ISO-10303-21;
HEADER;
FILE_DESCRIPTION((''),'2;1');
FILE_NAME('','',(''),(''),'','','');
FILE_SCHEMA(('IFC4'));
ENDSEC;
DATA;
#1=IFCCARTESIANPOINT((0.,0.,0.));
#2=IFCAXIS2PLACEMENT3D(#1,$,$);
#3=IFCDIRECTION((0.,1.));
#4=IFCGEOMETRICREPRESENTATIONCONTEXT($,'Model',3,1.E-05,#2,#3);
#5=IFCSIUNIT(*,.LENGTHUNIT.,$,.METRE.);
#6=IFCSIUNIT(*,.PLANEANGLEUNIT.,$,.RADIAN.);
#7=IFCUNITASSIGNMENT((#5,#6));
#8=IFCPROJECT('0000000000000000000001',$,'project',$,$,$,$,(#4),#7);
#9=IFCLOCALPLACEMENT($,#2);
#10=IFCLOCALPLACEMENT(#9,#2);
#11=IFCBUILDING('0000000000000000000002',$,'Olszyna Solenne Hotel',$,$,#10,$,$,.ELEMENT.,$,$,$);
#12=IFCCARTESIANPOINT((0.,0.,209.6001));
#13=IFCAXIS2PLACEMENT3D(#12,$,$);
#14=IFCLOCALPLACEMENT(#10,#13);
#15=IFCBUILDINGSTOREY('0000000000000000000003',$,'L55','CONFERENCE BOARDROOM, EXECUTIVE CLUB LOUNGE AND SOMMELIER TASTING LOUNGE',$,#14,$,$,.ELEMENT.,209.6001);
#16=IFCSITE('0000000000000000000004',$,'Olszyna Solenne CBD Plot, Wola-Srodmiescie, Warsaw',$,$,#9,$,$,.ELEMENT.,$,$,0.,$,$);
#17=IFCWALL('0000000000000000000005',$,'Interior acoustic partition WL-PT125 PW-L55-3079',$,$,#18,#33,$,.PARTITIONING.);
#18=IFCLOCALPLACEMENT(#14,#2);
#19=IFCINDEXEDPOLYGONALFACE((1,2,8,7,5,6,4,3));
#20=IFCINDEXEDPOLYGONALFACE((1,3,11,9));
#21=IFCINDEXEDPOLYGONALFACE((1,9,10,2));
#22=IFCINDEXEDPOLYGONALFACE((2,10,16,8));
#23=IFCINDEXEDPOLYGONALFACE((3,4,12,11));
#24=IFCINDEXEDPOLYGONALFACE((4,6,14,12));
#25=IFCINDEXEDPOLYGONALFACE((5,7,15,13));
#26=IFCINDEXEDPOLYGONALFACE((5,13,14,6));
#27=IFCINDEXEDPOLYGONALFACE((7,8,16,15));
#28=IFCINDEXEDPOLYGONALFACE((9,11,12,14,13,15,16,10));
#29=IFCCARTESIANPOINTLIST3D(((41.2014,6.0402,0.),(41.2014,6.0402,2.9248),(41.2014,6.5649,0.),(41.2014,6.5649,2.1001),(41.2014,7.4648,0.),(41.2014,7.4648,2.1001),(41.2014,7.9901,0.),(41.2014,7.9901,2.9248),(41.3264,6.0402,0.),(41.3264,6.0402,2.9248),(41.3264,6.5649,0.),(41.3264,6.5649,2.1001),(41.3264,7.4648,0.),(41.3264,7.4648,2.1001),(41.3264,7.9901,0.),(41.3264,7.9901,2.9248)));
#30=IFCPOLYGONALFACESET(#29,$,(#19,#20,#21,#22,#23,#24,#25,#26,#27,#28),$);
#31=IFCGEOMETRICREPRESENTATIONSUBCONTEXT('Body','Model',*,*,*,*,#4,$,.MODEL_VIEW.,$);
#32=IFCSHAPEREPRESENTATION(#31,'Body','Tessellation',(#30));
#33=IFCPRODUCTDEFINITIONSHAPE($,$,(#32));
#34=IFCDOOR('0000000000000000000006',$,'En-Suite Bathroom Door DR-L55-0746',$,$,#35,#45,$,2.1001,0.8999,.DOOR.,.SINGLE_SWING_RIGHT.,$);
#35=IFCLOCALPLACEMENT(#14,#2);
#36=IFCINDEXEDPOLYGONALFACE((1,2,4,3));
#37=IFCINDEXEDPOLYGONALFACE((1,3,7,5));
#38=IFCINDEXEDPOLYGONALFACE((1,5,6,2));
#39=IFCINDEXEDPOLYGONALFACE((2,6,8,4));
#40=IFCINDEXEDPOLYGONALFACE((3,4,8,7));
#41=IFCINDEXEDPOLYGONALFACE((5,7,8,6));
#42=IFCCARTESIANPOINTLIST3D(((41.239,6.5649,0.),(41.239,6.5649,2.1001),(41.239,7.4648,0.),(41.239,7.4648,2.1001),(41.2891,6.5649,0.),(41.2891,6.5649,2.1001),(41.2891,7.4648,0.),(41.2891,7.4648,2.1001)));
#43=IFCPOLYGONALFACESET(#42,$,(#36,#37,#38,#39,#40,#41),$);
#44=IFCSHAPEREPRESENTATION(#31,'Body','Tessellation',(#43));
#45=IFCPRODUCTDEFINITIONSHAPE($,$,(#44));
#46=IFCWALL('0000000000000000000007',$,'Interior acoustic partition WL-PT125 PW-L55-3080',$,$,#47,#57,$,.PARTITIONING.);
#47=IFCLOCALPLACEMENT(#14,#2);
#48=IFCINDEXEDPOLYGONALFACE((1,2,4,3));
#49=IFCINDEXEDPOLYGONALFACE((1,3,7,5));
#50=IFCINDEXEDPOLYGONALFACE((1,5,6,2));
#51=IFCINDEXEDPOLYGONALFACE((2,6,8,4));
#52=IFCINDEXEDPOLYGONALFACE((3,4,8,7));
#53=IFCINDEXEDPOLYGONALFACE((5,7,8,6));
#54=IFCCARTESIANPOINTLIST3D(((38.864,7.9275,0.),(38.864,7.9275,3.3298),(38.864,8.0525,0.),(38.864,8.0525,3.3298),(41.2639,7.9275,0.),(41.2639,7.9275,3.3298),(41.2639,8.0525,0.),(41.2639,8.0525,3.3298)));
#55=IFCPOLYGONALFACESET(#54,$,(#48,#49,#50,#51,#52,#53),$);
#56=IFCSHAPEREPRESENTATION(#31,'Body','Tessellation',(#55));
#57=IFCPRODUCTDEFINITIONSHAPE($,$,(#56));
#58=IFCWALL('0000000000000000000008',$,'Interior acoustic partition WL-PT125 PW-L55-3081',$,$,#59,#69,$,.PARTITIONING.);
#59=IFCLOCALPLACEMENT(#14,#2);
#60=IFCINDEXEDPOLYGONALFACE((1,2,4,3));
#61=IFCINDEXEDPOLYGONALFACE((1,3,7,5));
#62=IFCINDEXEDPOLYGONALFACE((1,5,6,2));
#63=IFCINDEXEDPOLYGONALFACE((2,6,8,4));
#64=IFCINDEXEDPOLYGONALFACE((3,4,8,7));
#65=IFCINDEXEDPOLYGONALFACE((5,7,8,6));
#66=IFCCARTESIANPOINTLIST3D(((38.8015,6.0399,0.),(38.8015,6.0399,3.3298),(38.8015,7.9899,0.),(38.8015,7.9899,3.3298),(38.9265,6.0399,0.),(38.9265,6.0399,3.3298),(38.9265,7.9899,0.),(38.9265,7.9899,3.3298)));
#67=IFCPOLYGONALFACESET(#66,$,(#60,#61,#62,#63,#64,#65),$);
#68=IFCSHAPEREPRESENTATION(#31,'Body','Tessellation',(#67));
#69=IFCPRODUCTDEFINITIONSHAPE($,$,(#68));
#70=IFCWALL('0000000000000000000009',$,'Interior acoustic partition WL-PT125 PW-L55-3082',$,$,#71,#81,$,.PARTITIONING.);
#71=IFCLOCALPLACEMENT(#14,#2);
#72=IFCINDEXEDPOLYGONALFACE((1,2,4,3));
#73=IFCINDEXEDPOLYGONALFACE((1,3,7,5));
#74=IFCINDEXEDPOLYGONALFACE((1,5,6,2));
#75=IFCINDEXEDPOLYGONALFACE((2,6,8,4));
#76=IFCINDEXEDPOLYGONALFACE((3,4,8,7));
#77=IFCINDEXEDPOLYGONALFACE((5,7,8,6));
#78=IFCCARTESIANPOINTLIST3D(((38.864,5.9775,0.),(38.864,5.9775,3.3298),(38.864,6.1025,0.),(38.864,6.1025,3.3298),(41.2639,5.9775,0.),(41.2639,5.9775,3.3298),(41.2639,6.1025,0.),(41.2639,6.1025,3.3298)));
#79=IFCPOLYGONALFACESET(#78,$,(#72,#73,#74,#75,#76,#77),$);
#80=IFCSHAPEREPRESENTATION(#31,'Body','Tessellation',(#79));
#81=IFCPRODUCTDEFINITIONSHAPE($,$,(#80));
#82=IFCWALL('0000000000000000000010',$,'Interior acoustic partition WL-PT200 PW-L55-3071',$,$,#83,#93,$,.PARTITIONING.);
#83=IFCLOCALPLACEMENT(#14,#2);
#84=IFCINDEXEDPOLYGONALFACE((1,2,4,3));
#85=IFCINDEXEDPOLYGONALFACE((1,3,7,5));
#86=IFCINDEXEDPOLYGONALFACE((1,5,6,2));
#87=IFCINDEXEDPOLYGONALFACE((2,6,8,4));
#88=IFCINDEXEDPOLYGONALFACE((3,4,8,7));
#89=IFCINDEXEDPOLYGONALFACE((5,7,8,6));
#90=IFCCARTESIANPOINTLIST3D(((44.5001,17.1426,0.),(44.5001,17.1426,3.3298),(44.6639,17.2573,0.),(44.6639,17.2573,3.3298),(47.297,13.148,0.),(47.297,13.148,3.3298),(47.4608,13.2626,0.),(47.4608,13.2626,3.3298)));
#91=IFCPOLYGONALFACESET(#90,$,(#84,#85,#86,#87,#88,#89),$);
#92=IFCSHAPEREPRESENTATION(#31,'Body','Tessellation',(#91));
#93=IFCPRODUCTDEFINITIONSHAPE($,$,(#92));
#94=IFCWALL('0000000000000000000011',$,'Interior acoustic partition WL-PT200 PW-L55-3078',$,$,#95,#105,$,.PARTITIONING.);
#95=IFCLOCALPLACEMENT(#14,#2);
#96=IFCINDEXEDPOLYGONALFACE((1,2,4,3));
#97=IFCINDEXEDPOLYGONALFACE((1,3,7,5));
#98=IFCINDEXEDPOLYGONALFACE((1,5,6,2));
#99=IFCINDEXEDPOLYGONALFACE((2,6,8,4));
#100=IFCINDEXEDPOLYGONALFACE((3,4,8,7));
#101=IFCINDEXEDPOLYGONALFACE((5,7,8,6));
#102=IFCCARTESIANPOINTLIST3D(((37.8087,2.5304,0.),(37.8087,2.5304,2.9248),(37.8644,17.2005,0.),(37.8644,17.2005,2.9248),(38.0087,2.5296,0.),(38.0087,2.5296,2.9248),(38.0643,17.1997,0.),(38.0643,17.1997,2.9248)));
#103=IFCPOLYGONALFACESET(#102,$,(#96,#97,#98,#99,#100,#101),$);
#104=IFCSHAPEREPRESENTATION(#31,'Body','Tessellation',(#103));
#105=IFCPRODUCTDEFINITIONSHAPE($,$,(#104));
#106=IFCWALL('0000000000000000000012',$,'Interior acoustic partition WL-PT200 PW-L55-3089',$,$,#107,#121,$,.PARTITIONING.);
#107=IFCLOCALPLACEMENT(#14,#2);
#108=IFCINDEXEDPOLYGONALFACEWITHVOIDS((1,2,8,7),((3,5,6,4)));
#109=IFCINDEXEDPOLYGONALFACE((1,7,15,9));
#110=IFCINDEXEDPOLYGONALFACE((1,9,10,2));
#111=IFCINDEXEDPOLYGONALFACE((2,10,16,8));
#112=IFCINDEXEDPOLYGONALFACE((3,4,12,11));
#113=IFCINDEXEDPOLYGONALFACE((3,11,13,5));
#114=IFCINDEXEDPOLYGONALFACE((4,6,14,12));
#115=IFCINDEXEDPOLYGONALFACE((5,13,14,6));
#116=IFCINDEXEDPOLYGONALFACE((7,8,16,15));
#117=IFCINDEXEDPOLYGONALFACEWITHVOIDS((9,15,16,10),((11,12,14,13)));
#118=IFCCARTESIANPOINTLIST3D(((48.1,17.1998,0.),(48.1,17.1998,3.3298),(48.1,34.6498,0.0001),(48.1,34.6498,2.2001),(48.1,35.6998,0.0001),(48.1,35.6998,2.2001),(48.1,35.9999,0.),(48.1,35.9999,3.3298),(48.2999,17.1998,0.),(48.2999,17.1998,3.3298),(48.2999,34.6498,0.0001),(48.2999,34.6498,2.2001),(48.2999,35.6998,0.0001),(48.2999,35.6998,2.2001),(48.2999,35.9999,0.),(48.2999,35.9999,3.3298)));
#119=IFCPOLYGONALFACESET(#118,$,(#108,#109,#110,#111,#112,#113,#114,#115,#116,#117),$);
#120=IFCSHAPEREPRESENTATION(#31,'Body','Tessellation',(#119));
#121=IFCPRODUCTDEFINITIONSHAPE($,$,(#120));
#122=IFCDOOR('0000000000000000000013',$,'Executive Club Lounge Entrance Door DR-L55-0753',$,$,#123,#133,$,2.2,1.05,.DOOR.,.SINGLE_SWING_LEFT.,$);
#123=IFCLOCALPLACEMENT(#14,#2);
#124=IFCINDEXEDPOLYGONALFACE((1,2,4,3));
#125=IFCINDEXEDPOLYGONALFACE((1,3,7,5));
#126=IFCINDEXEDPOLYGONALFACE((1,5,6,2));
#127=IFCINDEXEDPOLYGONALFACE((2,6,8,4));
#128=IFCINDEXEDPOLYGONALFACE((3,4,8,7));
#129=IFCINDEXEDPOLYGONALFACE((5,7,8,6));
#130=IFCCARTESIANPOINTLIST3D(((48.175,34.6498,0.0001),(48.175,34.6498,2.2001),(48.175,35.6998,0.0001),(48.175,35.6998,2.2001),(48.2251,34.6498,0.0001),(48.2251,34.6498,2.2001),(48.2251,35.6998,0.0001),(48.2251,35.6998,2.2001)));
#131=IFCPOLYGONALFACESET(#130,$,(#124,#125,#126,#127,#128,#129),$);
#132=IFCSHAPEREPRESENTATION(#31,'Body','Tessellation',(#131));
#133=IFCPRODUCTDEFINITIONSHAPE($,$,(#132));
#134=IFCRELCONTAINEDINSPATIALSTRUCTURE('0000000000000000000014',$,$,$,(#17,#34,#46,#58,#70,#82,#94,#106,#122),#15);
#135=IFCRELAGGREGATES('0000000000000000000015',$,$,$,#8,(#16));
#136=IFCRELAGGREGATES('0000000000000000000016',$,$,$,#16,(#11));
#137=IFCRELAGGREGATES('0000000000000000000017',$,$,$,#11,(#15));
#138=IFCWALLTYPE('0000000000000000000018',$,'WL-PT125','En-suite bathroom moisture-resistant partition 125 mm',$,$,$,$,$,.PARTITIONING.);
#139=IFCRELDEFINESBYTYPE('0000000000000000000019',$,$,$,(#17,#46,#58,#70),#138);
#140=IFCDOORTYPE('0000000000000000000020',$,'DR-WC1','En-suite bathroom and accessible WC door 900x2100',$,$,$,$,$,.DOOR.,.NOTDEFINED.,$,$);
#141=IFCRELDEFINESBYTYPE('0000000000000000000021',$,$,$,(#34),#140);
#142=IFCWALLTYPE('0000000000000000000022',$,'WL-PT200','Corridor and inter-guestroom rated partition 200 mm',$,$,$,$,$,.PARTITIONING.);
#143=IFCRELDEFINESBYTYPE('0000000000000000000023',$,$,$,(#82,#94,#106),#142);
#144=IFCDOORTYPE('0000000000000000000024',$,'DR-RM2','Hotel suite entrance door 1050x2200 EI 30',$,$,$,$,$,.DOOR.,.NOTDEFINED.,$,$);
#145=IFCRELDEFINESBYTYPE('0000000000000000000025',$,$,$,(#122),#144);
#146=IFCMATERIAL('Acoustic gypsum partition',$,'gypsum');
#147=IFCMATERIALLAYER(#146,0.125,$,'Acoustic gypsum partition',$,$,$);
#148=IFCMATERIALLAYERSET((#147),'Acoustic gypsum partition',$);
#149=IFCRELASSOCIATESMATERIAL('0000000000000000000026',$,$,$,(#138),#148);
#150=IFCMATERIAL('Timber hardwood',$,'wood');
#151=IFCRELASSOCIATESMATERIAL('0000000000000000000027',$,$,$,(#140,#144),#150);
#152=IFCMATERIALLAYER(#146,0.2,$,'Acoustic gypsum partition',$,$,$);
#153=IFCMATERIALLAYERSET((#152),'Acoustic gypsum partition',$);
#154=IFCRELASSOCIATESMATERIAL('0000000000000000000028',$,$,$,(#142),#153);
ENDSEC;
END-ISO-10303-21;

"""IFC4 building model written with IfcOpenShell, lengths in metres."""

from ifc_helpers import new_model, si_unit, direction, frame, frame_2d, origin, place, context, subcontext, project, spatial, rectangle, extrude, source, transform, mapped, material, layer, layer_set, type_object, type_shapes, element, fill, save


model = new_model("IFC4")

# Units and contexts
model_context = context("Model", 3, precision=1e-05, world=origin(), true_north=direction((0.0, 1.0)))
body_context = subcontext(model_context, "Body", "Model", "MODEL_VIEW")
ifc_project = project(units=[si_unit("LENGTHUNIT", "METRE"), si_unit("PLANEANGLEUNIT", "RADIAN")], contexts=[model_context])

# Site, building, storey
site_placement = place(None, origin())
site = spatial("IfcSite", under=ifc_project, at=site_placement, Name="Olszyna Solenne CBD Plot, Wola-Srodmiescie, Warsaw", CompositionType="ELEMENT", RefElevation=0.0)
building_placement = place(site_placement, origin())
building = spatial("IfcBuilding", under=site, at=building_placement, Name="Olszyna Solenne Hotel", CompositionType="ELEMENT")
storey_placement = place(building_placement, frame((0.0, 0.0, 209.6001)))
storey = spatial("IfcBuildingStorey", under=building, at=storey_placement, Name="L55", Description="CONFERENCE BOARDROOM, EXECUTIVE CLUB LOUNGE AND SOMMELIER TASTING LOUNGE", CompositionType="ELEMENT", Elevation=209.6001)

# Wall, opening, door
ifc_material_1 = material(Name="Acoustic gypsum partition", Category="gypsum")
ifc_layer_1 = layer(ifc_material_1, 0.125, Name="Acoustic gypsum partition")
ifc_layer_set_1 = layer_set([ifc_layer_1], Name="Acoustic gypsum partition")
wall_type_1 = type_object("IfcWallType", Name="WL-PT125", Description="En-suite bathroom moisture-resistant partition 125 mm", PredefinedType="PARTITIONING", material=ifc_layer_set_1)
wall_1_placement = place(storey_placement, frame((41.2639, 6.04, 0.0), z_axis=(0.0, 0.0, 1.0), x_axis=(0.0, 1.0, 0.0)))
wall_1 = element("IfcWall", 1, at=wall_1_placement, inside=storey, type_object=wall_type_1, Name="Interior acoustic partition WL-PT125 PW-L55-3079", PredefinedType="PARTITIONING", context=body_context, shape_type="SweptSolid", body=[
    extrude(rectangle(XDim=1.95, YDim=0.125, at=frame_2d((0.9751, 0.0))), origin(), (0.0, 0.0, 1.0), 2.9248),
])
opening_1_placement = place(wall_1_placement, frame((0.5249, 0.0, 0.0)))
opening_1 = element("IfcOpeningElement", 2, at=opening_1_placement, cuts=wall_1, PredefinedType="OPENING", context=body_context, shape_type="SweptSolid", body=[
    extrude(rectangle(XDim=0.8999, YDim=2.1001, at=frame_2d((0.45, 1.05))), frame((0.0, 0.0725, 0.0), z_axis=(0.0, -1.0, 0.0), x_axis=(1.0, 0.0, 0.0)), (0.0, 0.0, 1.0), 0.145),
])
ifc_material_2 = material(Name="Timber hardwood", Category="wood")
door_type_1 = type_object("IfcDoorType", Name="DR-WC1", Description="En-suite bathroom and accessible WC door 900x2100", OperationType="NOTDEFINED", PredefinedType="DOOR", material=ifc_material_2)
shared_shape_1 = source(origin(), body_context, "Body", "SweptSolid", [
    extrude(rectangle(XDim=0.8999, YDim=2.1001, at=frame_2d((0.45, 1.05))), frame((0.0, 0.0249, 0.0), z_axis=(0.0, -1.0, 0.0), x_axis=(1.0, 0.0, 0.0)), (0.0, 0.0, 1.0), 0.05),
])
type_shapes(door_type_1, [shared_shape_1])
door_1_placement = place(opening_1_placement, origin())
door_1 = element("IfcDoor", 3, at=door_1_placement, inside=storey, type_object=door_type_1, Name="En-Suite Bathroom Door DR-L55-0746", OperationType="SINGLE_SWING_RIGHT", OverallHeight=2.1001, OverallWidth=0.8999, PredefinedType="DOOR", context=body_context, shape_type="MappedRepresentation", body=[
    mapped(shared_shape_1, transform((0.0, 0.0, 0.0), x_axis=(1.0, 0.0, 0.0), y_axis=(0.0, 1.0, 0.0), z_axis=(0.0, 0.0, 1.0), scale=1.0)),
])
fill(opening_1, door_1)

# Walls
wall_2_placement = place(storey_placement, frame((41.2639, 7.99, 0.0), z_axis=(0.0, 0.0, 1.0), x_axis=(-1.0, 0.0, 0.0)))
element("IfcWall", 4, at=wall_2_placement, inside=storey, type_object=wall_type_1, Name="Interior acoustic partition WL-PT125 PW-L55-3080", PredefinedType="PARTITIONING", context=body_context, shape_type="SweptSolid", body=[
    extrude(rectangle(XDim=2.3999, YDim=0.125, at=frame_2d((1.2, 0.0))), origin(), (0.0, 0.0, 1.0), 3.3298),
])
wall_3_placement = place(storey_placement, frame((38.864, 7.99, 0.0), z_axis=(0.0, 0.0, 1.0), x_axis=(0.0, -1.0, 0.0)))
element("IfcWall", 5, at=wall_3_placement, inside=storey, type_object=wall_type_1, Name="Interior acoustic partition WL-PT125 PW-L55-3081", PredefinedType="PARTITIONING", context=body_context, shape_type="SweptSolid", body=[
    extrude(rectangle(XDim=1.95, YDim=0.125, at=frame_2d((0.9751, 0.0))), origin(), (0.0, 0.0, 1.0), 3.3298),
])
wall_4_placement = place(storey_placement, frame((38.864, 6.04, 0.0), z_axis=(0.0, 0.0, 1.0), x_axis=(1.0, 0.0, 0.0)))
element("IfcWall", 6, at=wall_4_placement, inside=storey, type_object=wall_type_1, Name="Interior acoustic partition WL-PT125 PW-L55-3082", PredefinedType="PARTITIONING", context=body_context, shape_type="SweptSolid", body=[
    extrude(rectangle(XDim=2.3999, YDim=0.125, at=frame_2d((1.2, 0.0))), origin(), (0.0, 0.0, 1.0), 3.3298),
])
ifc_layer_2 = layer(ifc_material_1, 0.2, Name="Acoustic gypsum partition")
ifc_layer_set_2 = layer_set([ifc_layer_2], Name="Acoustic gypsum partition")
wall_type_2 = type_object("IfcWallType", Name="WL-PT200", Description="Corridor and inter-guestroom rated partition 200 mm", PredefinedType="PARTITIONING", material=ifc_layer_set_2)
wall_5_placement = place(storey_placement, frame((44.582, 17.2, 0.0), z_axis=(0.0, 0.0, 1.0), x_axis=(0.57355, -0.819171, 0.0)))
element("IfcWall", 7, at=wall_5_placement, inside=storey, type_object=wall_type_2, Name="Interior acoustic partition WL-PT200 PW-L55-3071", PredefinedType="PARTITIONING", context=body_context, shape_type="SweptSolid", body=[
    extrude(rectangle(XDim=4.8765, YDim=0.2, at=frame_2d((2.4382, 0.0))), origin(), (0.0, 0.0, 1.0), 3.3298),
])
wall_6_placement = place(storey_placement, frame((37.9644, 17.2, 0.0), z_axis=(0.0, 0.0, 1.0), x_axis=(-0.003794, -0.999993, 0.0)))
element("IfcWall", 8, at=wall_6_placement, inside=storey, type_object=wall_type_2, Name="Interior acoustic partition WL-PT200 PW-L55-3078", PredefinedType="PARTITIONING", context=body_context, shape_type="SweptSolid", body=[
    extrude(rectangle(XDim=14.6702, YDim=0.2, at=frame_2d((7.335, 0.0))), origin(), (0.0, 0.0, 1.0), 2.9248),
])

# Wall, opening, door
wall_7_placement = place(storey_placement, frame((48.2, 17.2, 0.0), z_axis=(0.0, 0.0, 1.0), x_axis=(0.0, 1.0, 0.0)))
wall_7 = element("IfcWall", 9, at=wall_7_placement, inside=storey, type_object=wall_type_2, Name="Interior acoustic partition WL-PT200 PW-L55-3089", PredefinedType="PARTITIONING", context=body_context, shape_type="SweptSolid", body=[
    extrude(rectangle(XDim=18.8, YDim=0.2, at=frame_2d((9.3999, 0.0))), origin(), (0.0, 0.0, 1.0), 3.3298),
])
opening_2_placement = place(wall_7_placement, frame((17.45, 0.0, 0.0)))
opening_2 = element("IfcOpeningElement", 10, at=opening_2_placement, cuts=wall_7, PredefinedType="OPENING", context=body_context, shape_type="SweptSolid", body=[
    extrude(rectangle(XDim=1.05, YDim=2.2, at=frame_2d((0.5249, 1.1001))), frame((0.0, 0.1099, 0.0), z_axis=(0.0, -1.0, 0.0), x_axis=(1.0, 0.0, 0.0)), (0.0, 0.0, 1.0), 0.22),
])
door_type_2 = type_object("IfcDoorType", Name="DR-RM2", Description="Hotel suite entrance door 1050x2200 EI 30", OperationType="NOTDEFINED", PredefinedType="DOOR", material=ifc_material_2)
shared_shape_2 = source(origin(), body_context, "Body", "SweptSolid", [
    extrude(rectangle(XDim=1.05, YDim=2.2, at=frame_2d((0.5249, 1.1001))), frame((0.0, 0.0249, 0.0), z_axis=(0.0, -1.0, 0.0), x_axis=(1.0, 0.0, 0.0)), (0.0, 0.0, 1.0), 0.05),
])
type_shapes(door_type_2, [shared_shape_2])
door_2_placement = place(opening_2_placement, origin())
door_2 = element("IfcDoor", 11, at=door_2_placement, inside=storey, type_object=door_type_2, Name="Executive Club Lounge Entrance Door DR-L55-0753", OperationType="SINGLE_SWING_LEFT", OverallHeight=2.2, OverallWidth=1.05, PredefinedType="DOOR", context=body_context, shape_type="MappedRepresentation", body=[
    mapped(shared_shape_2, transform((0.0, 0.0, 0.0), x_axis=(1.0, 0.0, 0.0), y_axis=(0.0, 1.0, 0.0), z_axis=(0.0, 0.0, 1.0), scale=1.0)),
])
fill(opening_2, door_2)

save(model, "model.ifc")
